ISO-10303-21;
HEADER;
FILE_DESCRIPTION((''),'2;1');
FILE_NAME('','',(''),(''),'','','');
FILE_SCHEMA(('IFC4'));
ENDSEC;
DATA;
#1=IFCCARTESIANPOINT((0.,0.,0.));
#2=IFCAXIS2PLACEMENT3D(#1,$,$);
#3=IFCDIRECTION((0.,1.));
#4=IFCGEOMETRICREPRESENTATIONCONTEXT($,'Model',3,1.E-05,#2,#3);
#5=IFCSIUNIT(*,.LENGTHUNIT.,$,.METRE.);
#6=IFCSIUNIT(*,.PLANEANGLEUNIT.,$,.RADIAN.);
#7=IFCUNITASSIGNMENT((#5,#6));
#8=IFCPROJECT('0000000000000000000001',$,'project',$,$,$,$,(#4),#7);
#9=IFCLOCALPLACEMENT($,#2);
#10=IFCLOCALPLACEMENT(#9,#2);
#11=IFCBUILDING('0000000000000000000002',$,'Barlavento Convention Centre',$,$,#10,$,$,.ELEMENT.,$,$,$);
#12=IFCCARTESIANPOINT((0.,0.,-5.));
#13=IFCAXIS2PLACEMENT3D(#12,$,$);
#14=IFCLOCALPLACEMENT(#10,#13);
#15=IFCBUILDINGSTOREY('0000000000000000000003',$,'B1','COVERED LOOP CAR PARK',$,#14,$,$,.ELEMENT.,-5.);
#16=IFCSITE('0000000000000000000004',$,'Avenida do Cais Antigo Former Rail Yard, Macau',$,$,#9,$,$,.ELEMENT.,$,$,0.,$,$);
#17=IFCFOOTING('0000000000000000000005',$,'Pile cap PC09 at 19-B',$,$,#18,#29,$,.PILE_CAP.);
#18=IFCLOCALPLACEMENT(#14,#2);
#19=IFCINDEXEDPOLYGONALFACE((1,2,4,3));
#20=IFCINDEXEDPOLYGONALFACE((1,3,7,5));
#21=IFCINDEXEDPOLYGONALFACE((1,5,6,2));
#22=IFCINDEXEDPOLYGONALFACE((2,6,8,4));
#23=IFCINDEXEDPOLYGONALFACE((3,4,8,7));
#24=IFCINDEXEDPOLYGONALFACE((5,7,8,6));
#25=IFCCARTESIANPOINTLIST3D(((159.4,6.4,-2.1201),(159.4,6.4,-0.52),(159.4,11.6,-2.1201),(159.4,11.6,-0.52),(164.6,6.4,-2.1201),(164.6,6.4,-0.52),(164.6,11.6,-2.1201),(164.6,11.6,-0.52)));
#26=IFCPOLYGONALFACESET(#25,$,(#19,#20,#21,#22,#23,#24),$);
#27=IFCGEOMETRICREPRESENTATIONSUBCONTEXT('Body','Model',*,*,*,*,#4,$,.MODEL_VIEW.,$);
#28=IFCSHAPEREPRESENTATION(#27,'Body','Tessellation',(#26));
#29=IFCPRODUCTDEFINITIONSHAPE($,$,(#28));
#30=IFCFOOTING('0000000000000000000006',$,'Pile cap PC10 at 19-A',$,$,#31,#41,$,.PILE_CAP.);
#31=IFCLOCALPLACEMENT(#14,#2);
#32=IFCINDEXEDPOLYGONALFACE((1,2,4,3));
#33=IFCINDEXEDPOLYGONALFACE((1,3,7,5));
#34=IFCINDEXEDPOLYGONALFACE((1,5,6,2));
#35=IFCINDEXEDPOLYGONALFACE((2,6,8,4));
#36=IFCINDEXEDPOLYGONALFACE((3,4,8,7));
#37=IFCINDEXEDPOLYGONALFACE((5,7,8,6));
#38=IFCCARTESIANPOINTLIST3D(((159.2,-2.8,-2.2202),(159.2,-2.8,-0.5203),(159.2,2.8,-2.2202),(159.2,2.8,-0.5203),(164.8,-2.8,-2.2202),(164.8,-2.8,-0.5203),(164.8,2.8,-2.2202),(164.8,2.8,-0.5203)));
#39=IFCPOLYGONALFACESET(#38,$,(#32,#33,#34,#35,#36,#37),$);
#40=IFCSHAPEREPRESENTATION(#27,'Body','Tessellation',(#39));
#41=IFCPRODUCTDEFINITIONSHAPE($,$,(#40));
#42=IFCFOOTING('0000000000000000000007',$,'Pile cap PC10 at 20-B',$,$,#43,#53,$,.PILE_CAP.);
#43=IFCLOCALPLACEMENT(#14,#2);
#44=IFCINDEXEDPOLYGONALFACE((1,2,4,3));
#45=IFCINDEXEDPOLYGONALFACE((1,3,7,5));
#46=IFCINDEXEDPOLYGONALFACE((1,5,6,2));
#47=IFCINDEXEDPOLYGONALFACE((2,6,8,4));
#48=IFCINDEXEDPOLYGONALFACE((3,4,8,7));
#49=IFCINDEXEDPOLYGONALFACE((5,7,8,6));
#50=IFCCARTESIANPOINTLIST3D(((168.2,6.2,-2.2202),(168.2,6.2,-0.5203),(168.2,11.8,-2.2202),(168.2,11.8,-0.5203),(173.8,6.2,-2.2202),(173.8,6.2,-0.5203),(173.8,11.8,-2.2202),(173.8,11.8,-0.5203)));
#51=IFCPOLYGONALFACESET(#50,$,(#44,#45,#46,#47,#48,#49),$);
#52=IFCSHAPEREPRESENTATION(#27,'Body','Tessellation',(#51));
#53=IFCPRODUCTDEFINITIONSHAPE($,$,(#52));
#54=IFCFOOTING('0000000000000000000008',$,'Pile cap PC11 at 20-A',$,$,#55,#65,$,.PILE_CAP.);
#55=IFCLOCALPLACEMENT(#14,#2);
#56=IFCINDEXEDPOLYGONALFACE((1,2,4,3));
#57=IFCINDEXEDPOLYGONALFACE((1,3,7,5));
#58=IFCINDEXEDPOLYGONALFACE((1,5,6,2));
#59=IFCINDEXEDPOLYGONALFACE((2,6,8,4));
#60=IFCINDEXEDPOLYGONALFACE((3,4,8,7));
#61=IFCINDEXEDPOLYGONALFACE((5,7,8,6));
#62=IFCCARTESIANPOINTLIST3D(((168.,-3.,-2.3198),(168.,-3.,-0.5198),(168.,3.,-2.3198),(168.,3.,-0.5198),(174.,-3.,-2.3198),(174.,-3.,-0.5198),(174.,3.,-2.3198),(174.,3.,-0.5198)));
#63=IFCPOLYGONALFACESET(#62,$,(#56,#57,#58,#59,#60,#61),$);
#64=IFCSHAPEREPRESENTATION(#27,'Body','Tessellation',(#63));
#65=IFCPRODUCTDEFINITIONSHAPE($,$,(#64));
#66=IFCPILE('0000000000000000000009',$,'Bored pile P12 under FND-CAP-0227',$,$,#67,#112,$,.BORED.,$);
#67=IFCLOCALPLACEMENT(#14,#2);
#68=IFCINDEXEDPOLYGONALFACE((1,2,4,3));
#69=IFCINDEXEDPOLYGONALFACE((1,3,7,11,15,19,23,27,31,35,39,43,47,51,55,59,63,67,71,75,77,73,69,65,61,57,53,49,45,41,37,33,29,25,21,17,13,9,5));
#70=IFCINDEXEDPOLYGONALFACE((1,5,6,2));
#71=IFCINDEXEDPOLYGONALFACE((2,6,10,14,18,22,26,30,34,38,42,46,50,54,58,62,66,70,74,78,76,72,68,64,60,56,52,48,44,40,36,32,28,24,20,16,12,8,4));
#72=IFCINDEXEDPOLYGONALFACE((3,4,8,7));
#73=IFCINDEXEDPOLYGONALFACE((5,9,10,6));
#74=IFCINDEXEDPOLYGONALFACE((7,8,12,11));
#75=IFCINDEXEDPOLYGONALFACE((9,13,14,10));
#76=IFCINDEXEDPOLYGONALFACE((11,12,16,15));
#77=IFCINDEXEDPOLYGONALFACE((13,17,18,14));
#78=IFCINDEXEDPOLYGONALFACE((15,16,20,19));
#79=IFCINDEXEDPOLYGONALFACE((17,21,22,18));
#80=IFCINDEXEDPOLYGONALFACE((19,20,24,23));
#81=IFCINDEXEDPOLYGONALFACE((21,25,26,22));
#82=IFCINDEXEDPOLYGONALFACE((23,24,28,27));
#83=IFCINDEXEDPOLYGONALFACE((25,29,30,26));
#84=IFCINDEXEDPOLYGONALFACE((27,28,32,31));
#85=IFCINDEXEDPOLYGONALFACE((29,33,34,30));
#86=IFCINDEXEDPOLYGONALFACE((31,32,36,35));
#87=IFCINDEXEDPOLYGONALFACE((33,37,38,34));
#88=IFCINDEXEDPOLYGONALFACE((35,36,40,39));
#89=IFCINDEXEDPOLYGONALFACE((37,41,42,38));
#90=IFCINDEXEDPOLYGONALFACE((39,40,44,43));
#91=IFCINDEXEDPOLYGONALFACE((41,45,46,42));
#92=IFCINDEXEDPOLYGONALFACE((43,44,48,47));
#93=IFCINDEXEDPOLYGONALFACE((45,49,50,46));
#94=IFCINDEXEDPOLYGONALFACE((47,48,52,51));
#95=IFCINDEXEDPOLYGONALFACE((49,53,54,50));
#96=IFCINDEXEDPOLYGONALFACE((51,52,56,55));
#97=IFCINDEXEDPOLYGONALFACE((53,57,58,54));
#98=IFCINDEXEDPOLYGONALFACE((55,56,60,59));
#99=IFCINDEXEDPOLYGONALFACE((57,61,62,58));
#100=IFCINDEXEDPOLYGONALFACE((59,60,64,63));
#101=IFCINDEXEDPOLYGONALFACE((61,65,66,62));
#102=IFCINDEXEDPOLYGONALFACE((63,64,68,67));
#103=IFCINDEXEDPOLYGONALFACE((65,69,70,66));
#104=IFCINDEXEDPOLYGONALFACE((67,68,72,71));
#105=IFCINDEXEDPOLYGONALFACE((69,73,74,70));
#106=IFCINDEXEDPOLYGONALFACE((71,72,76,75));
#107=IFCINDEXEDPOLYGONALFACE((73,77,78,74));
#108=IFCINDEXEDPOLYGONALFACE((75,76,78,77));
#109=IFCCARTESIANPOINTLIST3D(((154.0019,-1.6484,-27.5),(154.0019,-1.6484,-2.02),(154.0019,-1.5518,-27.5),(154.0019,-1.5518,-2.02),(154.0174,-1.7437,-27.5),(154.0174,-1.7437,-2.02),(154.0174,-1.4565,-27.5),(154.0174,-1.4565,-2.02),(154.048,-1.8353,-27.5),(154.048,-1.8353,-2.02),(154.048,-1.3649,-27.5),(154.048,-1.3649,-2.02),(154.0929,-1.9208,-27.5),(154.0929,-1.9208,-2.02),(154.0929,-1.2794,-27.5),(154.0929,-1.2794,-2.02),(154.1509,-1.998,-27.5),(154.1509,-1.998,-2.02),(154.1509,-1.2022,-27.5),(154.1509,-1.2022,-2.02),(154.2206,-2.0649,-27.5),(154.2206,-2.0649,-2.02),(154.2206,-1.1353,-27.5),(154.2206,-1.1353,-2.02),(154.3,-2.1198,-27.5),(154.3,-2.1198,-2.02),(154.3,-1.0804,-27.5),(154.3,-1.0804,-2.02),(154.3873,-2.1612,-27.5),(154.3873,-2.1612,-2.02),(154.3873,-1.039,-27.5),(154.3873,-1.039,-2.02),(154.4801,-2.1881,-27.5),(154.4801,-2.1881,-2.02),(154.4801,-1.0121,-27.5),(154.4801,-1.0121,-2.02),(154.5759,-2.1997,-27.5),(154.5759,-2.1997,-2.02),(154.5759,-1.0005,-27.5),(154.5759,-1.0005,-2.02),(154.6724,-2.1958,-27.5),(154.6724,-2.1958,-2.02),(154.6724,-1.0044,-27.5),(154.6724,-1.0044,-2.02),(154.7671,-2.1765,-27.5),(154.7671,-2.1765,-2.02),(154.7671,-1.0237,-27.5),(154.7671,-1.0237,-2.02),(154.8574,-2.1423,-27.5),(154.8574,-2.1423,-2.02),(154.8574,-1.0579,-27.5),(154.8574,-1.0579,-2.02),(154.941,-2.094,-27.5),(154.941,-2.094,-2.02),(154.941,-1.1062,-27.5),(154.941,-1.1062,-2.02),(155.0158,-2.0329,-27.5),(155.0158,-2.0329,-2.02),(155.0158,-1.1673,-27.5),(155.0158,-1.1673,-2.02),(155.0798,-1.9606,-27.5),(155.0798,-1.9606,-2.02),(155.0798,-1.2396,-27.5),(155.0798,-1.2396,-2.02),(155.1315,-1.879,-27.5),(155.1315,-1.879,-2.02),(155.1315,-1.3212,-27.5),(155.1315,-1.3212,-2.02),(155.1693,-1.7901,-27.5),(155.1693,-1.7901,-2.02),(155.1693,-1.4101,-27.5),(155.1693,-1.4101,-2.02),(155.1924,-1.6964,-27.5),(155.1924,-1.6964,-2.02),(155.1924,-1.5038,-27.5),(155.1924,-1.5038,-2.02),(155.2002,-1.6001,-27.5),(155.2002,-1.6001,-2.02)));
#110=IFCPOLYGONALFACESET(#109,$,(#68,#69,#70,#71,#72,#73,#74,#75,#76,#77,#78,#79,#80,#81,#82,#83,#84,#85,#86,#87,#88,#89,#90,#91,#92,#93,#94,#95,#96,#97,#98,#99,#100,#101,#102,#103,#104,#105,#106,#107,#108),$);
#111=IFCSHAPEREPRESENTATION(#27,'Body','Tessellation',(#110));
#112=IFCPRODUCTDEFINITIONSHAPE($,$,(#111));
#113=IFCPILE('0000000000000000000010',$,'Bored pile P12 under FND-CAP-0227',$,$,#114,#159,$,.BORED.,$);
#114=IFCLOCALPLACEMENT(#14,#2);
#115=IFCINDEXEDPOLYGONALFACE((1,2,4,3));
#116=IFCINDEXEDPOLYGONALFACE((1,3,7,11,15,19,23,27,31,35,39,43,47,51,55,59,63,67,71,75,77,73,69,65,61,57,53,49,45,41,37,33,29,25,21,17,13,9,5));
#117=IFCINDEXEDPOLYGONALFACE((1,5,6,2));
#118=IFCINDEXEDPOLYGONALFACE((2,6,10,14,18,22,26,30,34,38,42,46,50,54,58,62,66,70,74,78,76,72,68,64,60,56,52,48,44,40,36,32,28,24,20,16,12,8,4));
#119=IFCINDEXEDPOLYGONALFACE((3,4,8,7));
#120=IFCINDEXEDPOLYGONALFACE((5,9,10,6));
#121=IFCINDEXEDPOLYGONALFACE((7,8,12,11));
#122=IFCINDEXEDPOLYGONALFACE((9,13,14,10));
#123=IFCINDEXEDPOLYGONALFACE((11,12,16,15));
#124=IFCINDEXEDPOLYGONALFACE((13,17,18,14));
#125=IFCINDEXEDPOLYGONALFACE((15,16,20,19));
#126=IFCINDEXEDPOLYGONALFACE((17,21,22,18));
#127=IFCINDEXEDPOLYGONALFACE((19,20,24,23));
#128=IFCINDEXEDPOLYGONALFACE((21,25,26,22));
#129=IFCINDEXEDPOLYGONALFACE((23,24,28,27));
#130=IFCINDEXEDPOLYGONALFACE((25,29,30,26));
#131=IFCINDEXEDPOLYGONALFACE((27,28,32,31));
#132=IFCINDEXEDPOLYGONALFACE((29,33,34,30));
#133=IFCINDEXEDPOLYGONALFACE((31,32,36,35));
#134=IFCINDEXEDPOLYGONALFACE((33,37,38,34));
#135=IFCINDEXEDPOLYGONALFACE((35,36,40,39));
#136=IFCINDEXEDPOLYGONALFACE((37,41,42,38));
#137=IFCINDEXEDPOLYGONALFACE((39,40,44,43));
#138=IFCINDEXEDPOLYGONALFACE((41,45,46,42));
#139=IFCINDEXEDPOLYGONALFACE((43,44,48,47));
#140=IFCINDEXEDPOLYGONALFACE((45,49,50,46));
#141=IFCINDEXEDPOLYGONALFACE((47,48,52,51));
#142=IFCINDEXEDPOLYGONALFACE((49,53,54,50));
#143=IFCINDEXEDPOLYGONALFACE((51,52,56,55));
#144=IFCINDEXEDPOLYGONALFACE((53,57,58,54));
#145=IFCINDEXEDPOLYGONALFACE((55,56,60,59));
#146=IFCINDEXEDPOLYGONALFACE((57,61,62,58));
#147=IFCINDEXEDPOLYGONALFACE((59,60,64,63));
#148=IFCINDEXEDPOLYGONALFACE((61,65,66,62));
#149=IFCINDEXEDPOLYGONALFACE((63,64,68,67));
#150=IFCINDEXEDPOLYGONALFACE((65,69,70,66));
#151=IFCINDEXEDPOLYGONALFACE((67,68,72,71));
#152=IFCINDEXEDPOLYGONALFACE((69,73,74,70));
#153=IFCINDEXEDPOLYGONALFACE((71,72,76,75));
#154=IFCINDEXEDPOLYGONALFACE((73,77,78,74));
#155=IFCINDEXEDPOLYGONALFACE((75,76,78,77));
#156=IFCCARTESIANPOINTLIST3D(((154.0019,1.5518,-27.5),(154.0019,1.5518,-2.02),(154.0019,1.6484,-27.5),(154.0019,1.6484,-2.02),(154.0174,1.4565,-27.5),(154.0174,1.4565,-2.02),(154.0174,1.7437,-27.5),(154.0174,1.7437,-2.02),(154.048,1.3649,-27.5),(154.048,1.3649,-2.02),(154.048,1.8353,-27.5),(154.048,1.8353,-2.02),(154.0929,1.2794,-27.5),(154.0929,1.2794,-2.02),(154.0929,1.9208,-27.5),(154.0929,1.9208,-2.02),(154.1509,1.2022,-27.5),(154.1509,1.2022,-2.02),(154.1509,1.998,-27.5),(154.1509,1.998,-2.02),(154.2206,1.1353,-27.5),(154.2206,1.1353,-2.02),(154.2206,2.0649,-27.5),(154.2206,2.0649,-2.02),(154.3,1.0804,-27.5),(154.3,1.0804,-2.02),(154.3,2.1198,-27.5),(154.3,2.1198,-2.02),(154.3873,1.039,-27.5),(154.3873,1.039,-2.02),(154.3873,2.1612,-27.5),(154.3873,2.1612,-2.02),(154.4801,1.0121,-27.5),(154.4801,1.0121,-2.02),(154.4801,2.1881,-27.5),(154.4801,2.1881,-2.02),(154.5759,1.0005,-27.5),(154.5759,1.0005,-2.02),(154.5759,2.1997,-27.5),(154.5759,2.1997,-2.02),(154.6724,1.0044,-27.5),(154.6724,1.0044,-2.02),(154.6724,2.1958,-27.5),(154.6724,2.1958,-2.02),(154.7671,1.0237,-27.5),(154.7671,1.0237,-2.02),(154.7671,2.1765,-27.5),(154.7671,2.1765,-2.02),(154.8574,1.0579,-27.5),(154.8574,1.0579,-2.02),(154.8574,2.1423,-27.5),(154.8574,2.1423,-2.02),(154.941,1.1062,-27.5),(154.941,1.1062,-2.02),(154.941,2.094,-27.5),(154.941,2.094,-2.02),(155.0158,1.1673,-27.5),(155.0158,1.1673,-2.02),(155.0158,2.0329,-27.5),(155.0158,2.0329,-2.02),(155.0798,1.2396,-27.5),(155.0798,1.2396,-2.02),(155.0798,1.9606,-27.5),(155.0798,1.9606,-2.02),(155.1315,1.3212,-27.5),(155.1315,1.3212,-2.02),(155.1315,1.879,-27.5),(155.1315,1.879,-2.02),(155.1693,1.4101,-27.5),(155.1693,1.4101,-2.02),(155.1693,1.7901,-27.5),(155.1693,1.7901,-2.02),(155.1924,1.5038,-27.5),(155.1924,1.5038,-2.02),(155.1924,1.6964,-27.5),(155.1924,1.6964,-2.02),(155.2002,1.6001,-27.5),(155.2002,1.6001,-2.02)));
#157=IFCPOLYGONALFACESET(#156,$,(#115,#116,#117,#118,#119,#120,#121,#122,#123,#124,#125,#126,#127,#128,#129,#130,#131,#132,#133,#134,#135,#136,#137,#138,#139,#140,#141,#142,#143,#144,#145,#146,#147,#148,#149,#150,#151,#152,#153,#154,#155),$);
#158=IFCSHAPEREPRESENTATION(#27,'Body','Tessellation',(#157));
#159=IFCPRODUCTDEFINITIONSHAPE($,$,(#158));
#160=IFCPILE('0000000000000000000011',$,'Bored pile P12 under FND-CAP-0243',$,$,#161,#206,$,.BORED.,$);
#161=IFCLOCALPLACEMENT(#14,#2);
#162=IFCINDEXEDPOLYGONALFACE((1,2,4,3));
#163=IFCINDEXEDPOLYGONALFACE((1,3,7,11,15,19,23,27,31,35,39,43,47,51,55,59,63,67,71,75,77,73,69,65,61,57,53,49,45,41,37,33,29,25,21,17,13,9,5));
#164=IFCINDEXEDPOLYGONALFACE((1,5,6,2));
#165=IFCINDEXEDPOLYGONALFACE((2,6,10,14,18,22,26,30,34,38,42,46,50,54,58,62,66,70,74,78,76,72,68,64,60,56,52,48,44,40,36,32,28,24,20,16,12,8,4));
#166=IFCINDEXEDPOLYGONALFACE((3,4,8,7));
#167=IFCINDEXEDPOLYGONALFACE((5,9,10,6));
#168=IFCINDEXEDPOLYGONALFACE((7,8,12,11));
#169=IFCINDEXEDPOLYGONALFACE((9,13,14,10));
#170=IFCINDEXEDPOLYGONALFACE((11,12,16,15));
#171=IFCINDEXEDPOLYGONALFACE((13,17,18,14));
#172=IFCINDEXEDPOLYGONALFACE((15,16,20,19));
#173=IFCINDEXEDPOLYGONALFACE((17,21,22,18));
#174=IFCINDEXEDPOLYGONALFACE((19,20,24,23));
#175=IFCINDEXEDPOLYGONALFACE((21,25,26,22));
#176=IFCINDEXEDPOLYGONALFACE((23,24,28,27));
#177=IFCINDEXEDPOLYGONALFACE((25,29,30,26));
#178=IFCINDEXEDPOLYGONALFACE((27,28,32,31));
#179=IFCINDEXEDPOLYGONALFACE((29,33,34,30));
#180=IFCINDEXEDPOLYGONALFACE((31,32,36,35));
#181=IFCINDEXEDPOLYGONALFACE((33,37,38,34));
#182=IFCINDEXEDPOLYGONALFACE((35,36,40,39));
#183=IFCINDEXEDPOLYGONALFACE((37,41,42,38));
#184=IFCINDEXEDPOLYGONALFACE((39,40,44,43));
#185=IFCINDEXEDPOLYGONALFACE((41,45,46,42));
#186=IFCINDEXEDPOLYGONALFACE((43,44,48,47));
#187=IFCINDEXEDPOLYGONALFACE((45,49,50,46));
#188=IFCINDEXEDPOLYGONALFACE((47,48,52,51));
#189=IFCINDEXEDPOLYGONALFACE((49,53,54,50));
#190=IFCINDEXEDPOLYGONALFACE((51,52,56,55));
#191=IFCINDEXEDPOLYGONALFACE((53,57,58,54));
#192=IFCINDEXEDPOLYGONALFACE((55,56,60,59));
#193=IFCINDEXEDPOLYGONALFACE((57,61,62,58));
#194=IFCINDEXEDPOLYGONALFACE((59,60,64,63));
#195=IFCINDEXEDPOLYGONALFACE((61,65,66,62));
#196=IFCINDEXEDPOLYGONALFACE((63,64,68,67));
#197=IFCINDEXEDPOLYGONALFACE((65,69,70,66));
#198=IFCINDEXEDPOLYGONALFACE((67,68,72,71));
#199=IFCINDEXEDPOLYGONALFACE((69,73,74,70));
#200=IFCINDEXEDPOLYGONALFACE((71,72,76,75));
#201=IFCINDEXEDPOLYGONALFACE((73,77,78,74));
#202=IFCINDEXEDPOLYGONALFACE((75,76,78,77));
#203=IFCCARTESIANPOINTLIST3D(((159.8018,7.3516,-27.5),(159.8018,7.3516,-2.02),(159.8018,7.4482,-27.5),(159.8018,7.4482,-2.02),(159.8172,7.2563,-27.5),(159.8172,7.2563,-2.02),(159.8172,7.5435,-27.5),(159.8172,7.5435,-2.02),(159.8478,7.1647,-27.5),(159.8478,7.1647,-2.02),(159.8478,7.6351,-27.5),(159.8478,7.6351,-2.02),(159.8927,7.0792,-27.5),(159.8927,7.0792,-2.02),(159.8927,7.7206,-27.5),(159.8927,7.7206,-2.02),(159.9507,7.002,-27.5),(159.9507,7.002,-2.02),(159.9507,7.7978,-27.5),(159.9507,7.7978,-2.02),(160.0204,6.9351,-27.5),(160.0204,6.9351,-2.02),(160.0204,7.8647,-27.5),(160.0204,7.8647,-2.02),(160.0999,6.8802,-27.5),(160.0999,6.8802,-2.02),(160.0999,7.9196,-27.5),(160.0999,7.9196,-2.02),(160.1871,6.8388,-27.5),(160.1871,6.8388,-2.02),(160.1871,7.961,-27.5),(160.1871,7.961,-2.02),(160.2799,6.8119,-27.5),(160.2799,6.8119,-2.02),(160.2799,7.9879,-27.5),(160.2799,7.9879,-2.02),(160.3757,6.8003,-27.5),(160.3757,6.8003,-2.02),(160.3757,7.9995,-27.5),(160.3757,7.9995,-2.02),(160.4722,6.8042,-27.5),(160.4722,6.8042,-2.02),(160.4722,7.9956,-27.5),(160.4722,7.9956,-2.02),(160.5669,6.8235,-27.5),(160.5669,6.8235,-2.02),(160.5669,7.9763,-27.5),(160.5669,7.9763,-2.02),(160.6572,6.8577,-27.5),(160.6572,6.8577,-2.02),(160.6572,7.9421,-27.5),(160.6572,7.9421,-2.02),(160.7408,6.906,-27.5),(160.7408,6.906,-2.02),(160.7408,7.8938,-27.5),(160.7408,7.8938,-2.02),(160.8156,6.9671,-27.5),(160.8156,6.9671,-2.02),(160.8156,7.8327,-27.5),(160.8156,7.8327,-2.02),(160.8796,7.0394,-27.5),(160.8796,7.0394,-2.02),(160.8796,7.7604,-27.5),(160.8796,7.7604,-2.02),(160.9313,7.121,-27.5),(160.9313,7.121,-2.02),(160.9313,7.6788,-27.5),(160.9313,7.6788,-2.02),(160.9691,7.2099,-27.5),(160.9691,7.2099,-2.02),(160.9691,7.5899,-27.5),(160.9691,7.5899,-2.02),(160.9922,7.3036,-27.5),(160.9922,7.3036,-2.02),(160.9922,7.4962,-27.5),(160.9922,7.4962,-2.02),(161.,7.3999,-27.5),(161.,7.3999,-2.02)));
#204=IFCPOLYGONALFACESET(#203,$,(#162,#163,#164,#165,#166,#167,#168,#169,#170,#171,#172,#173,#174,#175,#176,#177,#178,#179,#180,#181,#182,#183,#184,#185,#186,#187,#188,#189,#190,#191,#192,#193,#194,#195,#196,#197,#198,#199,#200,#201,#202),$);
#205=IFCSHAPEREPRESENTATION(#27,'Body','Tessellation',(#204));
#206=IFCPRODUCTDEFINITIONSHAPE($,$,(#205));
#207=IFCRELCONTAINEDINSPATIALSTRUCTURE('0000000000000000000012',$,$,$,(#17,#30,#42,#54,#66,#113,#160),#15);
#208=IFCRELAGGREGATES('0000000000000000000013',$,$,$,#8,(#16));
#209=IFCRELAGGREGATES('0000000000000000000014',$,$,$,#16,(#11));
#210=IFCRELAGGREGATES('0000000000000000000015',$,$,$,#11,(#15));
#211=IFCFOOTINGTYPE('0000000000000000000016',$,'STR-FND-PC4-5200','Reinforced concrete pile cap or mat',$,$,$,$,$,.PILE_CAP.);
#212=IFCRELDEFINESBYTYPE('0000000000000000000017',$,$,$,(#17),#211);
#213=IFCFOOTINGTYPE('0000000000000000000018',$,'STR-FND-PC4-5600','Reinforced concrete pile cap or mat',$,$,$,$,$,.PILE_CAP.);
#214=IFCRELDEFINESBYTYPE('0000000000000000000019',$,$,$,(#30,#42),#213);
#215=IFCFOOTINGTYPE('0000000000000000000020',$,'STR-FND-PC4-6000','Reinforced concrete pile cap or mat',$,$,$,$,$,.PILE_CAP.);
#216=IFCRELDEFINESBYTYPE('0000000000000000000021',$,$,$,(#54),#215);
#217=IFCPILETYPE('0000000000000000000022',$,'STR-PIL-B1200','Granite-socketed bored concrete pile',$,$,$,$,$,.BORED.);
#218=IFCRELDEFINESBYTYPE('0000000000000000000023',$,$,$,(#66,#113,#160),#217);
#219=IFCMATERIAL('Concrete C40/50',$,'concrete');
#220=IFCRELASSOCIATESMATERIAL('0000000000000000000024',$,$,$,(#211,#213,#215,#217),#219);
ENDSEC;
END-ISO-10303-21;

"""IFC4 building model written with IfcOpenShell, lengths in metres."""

from ifc_helpers import new_model, si_unit, direction, frame, origin, origin_2d, place, context, subcontext, project, spatial, rectangle, circle, extrude, material, material_profile, profile_set, type_object, element, save


model = new_model("IFC4")

# Units and contexts
model_context = context("Model", 3, precision=1e-05, world=origin(), true_north=direction((0.0, 1.0)))
body_context = subcontext(model_context, "Body", "Model", "MODEL_VIEW")
ifc_project = project(units=[si_unit("LENGTHUNIT", "METRE"), si_unit("PLANEANGLEUNIT", "RADIAN")], contexts=[model_context])

# Site, building, storey
site_placement = place(None, origin())
site = spatial("IfcSite", under=ifc_project, at=site_placement, Name="Avenida do Cais Antigo Former Rail Yard, Macau", CompositionType="ELEMENT", RefElevation=0.0)
building_placement = place(site_placement, origin())
building = spatial("IfcBuilding", under=site, at=building_placement, Name="Barlavento Convention Centre", CompositionType="ELEMENT")
storey_placement = place(building_placement, frame((0.0, 0.0, -5.0)))
storey = spatial("IfcBuildingStorey", under=building, at=storey_placement, Name="B1", Description="COVERED LOOP CAR PARK", CompositionType="ELEMENT", Elevation=-5.0)

# Footings
ifc_material_1 = material(Name="Concrete C40/50", Category="concrete")
footing_type_1 = type_object("IfcFootingType", Name="STR-FND-PC4-5200", Description="Reinforced concrete pile cap or mat", PredefinedType="PILE_CAP", material=ifc_material_1)
footing_1_placement = place(storey_placement, frame((162.0, 9.0, -2.1201), z_axis=(0.0, 0.0, 1.0), x_axis=(1.0, 0.0, 0.0)))
element("IfcFooting", 1, at=footing_1_placement, inside=storey, type_object=footing_type_1, Name="Pile cap PC09 at 19-B", PredefinedType="PILE_CAP", context=body_context, shape_type="SweptSolid", body=[
    extrude(rectangle(XDim=5.2, YDim=5.2, at=origin_2d()), origin(), (0.0, 0.0, 1.0), 1.6001),
])
footing_type_2 = type_object("IfcFootingType", Name="STR-FND-PC4-5600", Description="Reinforced concrete pile cap or mat", PredefinedType="PILE_CAP", material=ifc_material_1)
for number, where, z_axis, x_axis, name in (
    (2, (162.0, 0.0, -2.2202), (0.0, 0.0, 1.0), (1.0, 0.0, 0.0), "Pile cap PC10 at 19-A"),
    (3, (171.0, 9.0, -2.2202), (0.0, 0.0, 1.0), (1.0, 0.0, 0.0), "Pile cap PC10 at 20-B"),
):
    element("IfcFooting", number, at=place(storey_placement, frame(where, z_axis=z_axis, x_axis=x_axis)), inside=storey, type_object=footing_type_2, Name=name, PredefinedType="PILE_CAP", context=body_context, shape_type="SweptSolid", body=[
        extrude(rectangle(XDim=5.6001, YDim=5.6001, at=origin_2d()), origin(), (0.0, 0.0, 1.0), 1.7),
    ])
footing_type_3 = type_object("IfcFootingType", Name="STR-FND-PC4-6000", Description="Reinforced concrete pile cap or mat", PredefinedType="PILE_CAP", material=ifc_material_1)
footing_2_placement = place(storey_placement, frame((171.0, 0.0, -2.3198), z_axis=(0.0, 0.0, 1.0), x_axis=(1.0, 0.0, 0.0)))
element("IfcFooting", 4, at=footing_2_placement, inside=storey, type_object=footing_type_3, Name="Pile cap PC11 at 20-A", PredefinedType="PILE_CAP", context=body_context, shape_type="SweptSolid", body=[
    extrude(rectangle(XDim=6.0, YDim=6.0, at=origin_2d()), origin(), (0.0, 0.0, 1.0), 1.8),
])

# Piles
ifc_material_profile_1 = material_profile(ifc_material_1, circle(Radius=0.6001, at=origin_2d()), Name="BORED PILE 1200")
ifc_profile_set_1 = profile_set([ifc_material_profile_1], Name="Concrete C40/50")
pile_type_1 = type_object("IfcPileType", Name="STR-PIL-B1200", Description="Granite-socketed bored concrete pile", PredefinedType="BORED", material=ifc_profile_set_1)
for number, where, z_axis, x_axis, name in (
    (5, (154.6001, -1.6001, -2.02), (0.0, 0.0, -1.0), (1.0, 0.0, 0.0), "Bored pile P12 under FND-CAP-0227"),
    (6, (154.6001, 1.6001, -2.02), (0.0, 0.0, -1.0), (1.0, 0.0, 0.0), "Bored pile P12 under FND-CAP-0227"),
    (7, (160.3999, 7.3999, -2.02), (0.0, 0.0, -1.0), (1.0, 0.0, 0.0), "Bored pile P12 under FND-CAP-0243"),
):
    element("IfcPile", number, at=place(storey_placement, frame(where, z_axis=z_axis, x_axis=x_axis)), inside=storey, type_object=pile_type_1, Name=name, PredefinedType="BORED", context=body_context, shape_type="SweptSolid", body=[
        extrude(circle(Radius=0.6001, at=origin_2d()), origin(), (0.0, 0.0, 1.0), 25.48),
    ])

save(model, "model.ifc")
